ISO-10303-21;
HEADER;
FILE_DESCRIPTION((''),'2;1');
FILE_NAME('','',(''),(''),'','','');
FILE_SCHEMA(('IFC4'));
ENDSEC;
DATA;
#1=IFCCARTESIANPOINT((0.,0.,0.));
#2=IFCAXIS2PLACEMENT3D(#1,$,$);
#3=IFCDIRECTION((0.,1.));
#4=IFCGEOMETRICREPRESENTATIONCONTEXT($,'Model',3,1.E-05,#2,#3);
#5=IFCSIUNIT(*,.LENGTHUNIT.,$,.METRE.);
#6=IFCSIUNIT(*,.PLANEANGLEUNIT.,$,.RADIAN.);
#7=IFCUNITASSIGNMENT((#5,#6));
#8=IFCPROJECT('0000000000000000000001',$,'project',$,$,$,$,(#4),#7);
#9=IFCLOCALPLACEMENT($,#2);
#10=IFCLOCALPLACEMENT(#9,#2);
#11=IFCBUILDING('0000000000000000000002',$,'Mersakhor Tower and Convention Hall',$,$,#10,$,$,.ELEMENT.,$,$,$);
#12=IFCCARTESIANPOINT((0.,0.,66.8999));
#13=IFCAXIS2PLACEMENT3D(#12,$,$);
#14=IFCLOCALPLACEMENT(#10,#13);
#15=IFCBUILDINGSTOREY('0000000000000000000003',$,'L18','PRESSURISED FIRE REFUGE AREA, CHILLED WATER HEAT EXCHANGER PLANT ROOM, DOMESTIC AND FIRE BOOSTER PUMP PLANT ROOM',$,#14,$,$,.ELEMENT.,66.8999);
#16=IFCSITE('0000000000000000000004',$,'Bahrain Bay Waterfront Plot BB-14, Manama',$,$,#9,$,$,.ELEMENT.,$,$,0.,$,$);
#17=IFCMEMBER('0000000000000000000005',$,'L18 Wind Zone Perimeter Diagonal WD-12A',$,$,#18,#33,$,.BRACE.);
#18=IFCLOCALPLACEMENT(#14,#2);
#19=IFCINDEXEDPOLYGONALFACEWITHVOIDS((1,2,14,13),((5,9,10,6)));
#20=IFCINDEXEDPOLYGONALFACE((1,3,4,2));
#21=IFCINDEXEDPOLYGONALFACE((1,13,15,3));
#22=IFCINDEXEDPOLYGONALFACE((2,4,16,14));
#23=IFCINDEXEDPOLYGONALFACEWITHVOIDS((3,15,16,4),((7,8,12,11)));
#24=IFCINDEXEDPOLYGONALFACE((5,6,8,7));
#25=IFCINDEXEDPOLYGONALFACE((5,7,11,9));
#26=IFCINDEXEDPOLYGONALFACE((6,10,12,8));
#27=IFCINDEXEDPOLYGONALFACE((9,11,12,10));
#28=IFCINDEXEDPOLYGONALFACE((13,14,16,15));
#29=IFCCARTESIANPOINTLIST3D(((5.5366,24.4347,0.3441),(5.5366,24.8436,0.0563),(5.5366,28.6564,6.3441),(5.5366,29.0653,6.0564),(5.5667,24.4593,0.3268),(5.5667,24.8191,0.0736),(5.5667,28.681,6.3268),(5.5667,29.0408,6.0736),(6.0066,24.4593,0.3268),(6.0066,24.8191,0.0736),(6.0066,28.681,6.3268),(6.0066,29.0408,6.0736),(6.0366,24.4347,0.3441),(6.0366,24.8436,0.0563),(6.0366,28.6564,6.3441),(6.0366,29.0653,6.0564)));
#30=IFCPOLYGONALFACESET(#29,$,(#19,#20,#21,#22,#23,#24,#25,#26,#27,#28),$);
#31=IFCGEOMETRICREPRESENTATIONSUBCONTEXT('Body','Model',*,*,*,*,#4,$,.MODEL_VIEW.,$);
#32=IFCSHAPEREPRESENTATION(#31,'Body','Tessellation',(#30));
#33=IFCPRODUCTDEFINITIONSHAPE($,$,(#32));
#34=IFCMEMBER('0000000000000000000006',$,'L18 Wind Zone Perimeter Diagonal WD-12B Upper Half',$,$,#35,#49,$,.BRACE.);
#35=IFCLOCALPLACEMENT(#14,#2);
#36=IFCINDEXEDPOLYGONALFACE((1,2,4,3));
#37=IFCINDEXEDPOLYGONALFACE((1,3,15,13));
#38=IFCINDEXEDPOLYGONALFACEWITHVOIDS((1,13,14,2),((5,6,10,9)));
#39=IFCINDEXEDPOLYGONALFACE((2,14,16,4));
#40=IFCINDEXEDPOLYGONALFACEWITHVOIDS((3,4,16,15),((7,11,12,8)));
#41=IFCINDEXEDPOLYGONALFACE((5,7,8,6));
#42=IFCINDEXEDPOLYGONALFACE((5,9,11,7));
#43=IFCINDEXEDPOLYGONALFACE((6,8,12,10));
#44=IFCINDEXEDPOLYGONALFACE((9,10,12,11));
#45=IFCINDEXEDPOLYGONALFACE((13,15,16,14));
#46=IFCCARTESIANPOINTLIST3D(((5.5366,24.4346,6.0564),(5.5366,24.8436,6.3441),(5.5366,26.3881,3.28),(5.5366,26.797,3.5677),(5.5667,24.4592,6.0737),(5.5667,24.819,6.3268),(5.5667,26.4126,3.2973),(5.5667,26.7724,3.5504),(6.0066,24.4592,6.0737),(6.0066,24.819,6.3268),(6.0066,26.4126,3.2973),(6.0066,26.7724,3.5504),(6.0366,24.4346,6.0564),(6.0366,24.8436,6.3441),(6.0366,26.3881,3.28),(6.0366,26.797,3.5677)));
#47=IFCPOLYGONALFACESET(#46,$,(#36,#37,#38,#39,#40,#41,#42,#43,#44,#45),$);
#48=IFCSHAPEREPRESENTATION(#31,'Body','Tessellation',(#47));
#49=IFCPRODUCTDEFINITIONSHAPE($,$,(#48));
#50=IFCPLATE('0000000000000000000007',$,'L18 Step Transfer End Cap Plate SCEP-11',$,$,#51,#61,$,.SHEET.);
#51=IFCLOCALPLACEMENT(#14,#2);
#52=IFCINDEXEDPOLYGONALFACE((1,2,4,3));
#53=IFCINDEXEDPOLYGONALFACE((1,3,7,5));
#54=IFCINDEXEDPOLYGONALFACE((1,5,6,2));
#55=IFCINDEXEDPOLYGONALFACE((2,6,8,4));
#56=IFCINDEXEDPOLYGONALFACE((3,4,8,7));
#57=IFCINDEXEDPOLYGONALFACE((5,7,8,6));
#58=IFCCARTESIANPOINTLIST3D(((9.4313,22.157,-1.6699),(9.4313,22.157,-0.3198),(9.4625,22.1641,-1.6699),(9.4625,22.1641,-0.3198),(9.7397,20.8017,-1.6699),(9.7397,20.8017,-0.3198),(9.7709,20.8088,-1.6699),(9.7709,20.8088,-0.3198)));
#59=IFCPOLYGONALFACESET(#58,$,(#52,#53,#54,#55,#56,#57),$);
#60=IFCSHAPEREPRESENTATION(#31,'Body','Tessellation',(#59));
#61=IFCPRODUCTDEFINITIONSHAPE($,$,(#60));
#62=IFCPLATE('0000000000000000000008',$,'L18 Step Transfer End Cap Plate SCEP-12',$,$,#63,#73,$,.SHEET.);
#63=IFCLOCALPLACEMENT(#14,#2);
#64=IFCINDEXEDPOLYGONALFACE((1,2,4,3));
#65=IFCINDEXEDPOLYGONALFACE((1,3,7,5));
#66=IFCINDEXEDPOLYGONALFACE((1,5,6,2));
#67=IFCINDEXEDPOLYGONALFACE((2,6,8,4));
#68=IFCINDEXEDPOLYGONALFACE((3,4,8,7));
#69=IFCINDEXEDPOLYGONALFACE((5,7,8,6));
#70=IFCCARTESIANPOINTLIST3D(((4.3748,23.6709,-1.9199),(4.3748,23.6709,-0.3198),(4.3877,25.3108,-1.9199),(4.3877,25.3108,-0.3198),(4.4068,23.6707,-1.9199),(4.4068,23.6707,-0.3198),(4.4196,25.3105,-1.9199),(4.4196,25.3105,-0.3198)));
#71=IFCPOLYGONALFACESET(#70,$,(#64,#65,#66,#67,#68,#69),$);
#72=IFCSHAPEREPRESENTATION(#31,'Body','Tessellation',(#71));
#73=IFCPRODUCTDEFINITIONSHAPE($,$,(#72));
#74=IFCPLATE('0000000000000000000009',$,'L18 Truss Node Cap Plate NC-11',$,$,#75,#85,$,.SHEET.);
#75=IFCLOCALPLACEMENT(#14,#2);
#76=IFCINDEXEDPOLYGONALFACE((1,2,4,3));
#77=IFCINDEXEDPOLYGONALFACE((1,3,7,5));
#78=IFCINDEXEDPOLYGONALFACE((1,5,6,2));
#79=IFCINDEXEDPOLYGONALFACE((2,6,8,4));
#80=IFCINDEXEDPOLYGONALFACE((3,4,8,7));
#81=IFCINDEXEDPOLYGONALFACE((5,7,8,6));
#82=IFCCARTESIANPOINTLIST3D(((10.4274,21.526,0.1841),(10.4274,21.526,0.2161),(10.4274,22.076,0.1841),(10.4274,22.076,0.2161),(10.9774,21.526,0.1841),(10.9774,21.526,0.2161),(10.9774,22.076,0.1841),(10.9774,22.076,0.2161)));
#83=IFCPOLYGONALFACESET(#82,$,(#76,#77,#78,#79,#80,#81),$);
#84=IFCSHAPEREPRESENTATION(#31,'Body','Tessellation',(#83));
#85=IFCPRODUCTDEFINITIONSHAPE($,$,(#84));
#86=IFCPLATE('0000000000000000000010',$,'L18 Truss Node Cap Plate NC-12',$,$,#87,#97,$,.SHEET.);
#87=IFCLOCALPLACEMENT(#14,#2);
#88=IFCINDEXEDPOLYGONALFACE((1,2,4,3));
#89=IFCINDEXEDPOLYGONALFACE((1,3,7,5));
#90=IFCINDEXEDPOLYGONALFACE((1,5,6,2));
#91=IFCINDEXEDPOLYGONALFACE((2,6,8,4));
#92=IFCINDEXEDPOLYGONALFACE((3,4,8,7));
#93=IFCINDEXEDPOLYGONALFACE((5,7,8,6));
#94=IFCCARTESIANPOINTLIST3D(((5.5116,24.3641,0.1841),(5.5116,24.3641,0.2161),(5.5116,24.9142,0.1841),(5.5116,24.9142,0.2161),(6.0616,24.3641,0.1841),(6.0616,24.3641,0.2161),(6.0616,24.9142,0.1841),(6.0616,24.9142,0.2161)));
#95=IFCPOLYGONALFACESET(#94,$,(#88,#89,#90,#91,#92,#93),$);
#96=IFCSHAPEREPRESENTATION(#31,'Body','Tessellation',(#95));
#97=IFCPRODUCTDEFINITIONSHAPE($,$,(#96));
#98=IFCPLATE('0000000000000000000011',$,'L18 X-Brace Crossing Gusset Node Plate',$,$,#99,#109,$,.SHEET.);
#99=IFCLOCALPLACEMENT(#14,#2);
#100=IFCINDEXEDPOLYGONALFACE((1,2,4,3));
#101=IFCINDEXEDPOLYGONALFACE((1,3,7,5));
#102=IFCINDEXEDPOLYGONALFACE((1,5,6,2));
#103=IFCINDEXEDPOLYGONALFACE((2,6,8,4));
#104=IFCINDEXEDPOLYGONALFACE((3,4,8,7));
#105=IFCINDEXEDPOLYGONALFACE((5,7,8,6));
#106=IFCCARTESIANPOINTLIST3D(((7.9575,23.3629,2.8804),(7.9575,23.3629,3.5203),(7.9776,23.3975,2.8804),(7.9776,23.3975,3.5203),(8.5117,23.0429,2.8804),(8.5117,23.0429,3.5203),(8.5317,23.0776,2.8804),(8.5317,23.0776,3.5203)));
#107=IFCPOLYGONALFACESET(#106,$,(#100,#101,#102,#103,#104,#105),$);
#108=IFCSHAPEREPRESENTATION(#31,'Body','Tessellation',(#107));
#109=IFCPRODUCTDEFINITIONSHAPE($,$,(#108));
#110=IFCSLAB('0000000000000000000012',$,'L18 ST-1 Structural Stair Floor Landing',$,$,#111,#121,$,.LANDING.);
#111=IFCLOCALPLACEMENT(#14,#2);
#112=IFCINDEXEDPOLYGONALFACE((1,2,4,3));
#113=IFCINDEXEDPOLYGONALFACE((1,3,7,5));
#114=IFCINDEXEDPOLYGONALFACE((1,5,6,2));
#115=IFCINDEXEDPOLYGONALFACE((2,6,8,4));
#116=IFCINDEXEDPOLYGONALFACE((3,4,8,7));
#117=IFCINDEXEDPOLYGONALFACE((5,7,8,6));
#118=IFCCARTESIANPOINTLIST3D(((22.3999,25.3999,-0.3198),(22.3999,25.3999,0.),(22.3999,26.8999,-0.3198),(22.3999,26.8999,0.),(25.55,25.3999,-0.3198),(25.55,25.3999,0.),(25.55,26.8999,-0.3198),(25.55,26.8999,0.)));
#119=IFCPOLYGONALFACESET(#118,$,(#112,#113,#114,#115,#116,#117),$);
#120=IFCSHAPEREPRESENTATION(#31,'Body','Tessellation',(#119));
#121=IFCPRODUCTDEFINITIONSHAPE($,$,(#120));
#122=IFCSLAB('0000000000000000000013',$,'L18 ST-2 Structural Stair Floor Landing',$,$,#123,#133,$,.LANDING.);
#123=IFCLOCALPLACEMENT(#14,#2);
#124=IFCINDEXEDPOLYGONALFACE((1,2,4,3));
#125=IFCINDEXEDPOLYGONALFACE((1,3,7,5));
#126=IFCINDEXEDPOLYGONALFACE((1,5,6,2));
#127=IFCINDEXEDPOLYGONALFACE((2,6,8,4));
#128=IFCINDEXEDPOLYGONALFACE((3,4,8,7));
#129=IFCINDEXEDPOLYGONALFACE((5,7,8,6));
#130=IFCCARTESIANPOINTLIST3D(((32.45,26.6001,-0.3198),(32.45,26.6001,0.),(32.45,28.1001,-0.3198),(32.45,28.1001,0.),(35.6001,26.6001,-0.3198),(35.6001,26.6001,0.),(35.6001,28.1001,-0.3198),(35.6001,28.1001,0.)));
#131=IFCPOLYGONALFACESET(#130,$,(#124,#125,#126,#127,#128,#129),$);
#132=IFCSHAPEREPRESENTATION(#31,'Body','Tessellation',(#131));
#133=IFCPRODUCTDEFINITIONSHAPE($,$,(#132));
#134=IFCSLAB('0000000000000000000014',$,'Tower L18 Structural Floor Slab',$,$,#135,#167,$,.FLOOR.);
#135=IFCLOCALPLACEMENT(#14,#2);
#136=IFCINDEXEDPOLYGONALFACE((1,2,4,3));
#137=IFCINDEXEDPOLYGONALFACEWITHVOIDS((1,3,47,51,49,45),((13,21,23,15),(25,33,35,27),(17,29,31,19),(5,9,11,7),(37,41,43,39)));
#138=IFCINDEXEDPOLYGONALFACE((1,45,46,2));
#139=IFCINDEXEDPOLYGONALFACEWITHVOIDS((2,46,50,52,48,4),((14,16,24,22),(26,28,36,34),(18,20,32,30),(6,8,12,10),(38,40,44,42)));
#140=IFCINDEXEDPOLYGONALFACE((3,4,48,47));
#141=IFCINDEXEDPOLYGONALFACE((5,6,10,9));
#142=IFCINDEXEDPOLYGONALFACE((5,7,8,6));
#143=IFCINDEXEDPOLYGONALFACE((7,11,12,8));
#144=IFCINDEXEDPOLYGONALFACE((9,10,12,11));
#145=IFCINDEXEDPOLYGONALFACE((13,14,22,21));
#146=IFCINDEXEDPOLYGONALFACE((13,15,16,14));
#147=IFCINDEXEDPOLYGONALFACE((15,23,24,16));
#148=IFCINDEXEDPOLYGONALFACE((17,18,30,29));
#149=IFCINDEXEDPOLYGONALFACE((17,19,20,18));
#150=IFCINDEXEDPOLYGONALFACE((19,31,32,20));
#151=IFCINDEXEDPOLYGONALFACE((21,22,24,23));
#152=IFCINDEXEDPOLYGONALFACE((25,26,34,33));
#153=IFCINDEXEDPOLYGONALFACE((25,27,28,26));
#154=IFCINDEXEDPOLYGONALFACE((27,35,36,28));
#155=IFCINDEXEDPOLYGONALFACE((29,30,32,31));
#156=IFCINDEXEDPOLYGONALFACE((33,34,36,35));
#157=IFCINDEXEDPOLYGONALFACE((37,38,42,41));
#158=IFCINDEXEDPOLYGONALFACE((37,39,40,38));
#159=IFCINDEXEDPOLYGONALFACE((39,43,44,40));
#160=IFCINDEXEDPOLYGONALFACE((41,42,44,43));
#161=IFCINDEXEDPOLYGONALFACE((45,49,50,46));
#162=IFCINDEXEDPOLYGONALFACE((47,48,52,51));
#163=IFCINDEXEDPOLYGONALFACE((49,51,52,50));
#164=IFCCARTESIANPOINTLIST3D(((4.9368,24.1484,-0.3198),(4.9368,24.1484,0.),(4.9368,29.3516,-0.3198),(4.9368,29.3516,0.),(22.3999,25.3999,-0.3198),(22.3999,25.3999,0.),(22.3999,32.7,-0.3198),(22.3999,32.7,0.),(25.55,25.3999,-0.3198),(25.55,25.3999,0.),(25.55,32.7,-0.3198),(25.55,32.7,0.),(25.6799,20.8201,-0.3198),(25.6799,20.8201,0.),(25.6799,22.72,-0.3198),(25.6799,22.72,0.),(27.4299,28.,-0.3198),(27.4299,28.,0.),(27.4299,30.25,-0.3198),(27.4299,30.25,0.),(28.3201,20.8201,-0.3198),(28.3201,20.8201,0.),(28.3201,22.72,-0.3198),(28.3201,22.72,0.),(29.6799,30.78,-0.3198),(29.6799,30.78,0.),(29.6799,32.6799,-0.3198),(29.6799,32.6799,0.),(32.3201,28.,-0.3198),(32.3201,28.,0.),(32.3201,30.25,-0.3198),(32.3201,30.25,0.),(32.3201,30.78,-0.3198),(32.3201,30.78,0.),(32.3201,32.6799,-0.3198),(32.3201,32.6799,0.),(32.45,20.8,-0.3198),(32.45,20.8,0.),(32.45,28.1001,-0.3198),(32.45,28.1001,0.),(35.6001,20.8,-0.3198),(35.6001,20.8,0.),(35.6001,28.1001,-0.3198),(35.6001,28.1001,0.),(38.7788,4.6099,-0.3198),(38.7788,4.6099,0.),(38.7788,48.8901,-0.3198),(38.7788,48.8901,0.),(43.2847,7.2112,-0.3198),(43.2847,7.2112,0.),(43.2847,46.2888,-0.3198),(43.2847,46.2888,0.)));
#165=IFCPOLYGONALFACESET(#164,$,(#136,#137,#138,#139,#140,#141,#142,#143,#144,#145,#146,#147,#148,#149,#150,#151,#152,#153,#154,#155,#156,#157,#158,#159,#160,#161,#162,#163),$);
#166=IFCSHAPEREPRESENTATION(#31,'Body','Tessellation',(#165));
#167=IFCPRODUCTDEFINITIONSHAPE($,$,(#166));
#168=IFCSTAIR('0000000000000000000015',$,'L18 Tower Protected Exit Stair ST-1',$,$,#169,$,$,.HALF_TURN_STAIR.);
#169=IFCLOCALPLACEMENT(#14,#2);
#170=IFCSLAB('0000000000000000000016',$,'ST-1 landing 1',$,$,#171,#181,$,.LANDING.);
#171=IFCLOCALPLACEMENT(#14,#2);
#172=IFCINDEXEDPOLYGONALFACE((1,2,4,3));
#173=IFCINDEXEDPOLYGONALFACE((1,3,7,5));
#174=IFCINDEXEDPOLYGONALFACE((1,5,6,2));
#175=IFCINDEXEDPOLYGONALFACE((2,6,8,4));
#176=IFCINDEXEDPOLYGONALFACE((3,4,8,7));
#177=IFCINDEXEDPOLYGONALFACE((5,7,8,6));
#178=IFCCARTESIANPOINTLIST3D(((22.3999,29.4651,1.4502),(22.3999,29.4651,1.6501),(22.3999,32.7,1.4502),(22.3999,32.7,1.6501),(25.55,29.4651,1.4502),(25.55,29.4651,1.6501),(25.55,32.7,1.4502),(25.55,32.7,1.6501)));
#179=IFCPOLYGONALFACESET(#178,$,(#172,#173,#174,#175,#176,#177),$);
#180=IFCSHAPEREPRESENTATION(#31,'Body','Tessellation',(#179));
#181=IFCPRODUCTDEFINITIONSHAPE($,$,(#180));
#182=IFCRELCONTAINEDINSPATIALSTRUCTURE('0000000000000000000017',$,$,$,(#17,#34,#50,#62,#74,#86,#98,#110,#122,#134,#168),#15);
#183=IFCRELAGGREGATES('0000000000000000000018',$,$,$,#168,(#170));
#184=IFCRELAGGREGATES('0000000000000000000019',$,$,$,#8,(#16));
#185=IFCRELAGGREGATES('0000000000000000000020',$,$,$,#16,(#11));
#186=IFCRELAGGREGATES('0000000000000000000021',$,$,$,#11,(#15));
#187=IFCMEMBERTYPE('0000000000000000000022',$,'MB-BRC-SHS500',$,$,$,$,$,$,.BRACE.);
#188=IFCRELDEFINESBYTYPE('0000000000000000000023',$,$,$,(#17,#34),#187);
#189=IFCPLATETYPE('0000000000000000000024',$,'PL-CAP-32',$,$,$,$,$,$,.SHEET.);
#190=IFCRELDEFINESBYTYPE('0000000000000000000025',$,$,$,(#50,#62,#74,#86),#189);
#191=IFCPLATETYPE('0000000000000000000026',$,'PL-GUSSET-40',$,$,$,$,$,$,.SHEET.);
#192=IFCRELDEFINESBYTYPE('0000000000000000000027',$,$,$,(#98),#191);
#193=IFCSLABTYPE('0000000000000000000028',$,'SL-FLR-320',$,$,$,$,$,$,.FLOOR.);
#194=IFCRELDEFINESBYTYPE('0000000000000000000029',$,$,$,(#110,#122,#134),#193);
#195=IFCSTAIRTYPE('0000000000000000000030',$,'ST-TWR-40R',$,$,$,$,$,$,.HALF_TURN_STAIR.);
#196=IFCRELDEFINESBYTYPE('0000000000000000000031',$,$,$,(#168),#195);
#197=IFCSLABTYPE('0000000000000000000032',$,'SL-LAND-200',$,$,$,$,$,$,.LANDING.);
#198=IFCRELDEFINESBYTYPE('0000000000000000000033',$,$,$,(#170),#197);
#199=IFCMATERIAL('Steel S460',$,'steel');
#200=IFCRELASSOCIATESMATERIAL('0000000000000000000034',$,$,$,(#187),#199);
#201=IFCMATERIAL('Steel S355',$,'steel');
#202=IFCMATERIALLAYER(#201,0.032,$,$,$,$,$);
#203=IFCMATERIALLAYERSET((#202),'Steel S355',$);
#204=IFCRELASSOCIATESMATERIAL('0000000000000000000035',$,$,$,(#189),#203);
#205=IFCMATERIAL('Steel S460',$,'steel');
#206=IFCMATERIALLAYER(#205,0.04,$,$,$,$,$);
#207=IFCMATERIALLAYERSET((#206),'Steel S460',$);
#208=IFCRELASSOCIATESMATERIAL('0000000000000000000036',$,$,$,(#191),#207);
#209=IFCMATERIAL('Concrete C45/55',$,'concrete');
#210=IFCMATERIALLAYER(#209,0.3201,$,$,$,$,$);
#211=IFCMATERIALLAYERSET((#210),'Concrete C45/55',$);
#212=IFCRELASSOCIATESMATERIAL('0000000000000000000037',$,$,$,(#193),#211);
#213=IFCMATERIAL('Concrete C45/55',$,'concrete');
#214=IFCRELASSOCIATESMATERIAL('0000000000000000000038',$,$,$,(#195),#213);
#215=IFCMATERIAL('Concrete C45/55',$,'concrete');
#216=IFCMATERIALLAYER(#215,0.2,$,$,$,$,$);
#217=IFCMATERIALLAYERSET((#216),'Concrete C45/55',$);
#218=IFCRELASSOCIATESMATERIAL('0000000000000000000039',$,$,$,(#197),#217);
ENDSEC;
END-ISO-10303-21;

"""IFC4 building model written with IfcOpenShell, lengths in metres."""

from ifc_helpers import new_model, si_unit, direction, frame, origin, origin_2d, place, context, subcontext, project, spatial, polyline, rectangle, hollow_rectangle, outline, extrude, material, layer, layer_set, material_profile, profile_set, type_object, element, aggregate, save


model = new_model("IFC4")

# Units and contexts
model_context = context("Model", 3, precision=1e-05, world=origin(), true_north=direction((0.0, 1.0)))
body_context = subcontext(model_context, "Body", "Model", "MODEL_VIEW")
ifc_project = project(units=[si_unit("LENGTHUNIT", "METRE"), si_unit("PLANEANGLEUNIT", "RADIAN")], contexts=[model_context])

# Site, building, storey
site_placement = place(None, origin())
site = spatial("IfcSite", under=ifc_project, at=site_placement, Name="Bahrain Bay Waterfront Plot BB-14, Manama", CompositionType="ELEMENT", RefElevation=0.0)
building_placement = place(site_placement, origin())
building = spatial("IfcBuilding", under=site, at=building_placement, Name="Mersakhor Tower and Convention Hall", CompositionType="ELEMENT")
storey_placement = place(building_placement, frame((0.0, 0.0, 66.8999)))
storey = spatial("IfcBuildingStorey", under=building, at=storey_placement, Name="L18", Description="PRESSURISED FIRE REFUGE AREA, CHILLED WATER HEAT EXCHANGER PLANT ROOM, DOMESTIC AND FIRE BOOSTER PUMP PLANT ROOM", CompositionType="ELEMENT", Elevation=66.8999)

# Members
ifc_material_1 = material(Name="Steel S460", Category="steel")
ifc_material_profile_1 = material_profile(ifc_material_1, hollow_rectangle(XDim=0.5, YDim=0.5, WallThickness=0.03, at=origin_2d()), Name="SHS 500x500x30")
ifc_profile_set_1 = profile_set([ifc_material_profile_1], Name="Steel S460")
member_type = type_object("IfcMemberType", Name="MB-BRC-SHS500", PredefinedType="BRACE", material=ifc_profile_set_1)
member_1_placement = place(storey_placement, frame((5.7866, 24.6392, 0.2002), z_axis=(0.0, 0.575444, 0.817841), x_axis=(-1.0, 0.0, 0.0)))
element("IfcMember", 1, at=member_1_placement, inside=storey, type_object=member_type, Name="L18 Wind Zone Perimeter Diagonal WD-12A", PredefinedType="BRACE", context=body_context, shape_type="SweptSolid", body=[
    extrude(hollow_rectangle(XDim=0.5, YDim=0.5, WallThickness=0.03, at=origin_2d()), origin(), (0.0, 0.0, 1.0), 7.3364),
])
member_2_placement = place(storey_placement, frame((5.7866, 26.5925, 3.4238), z_axis=(0.0, -0.57542, 0.817858), x_axis=(1.0, 0.0, 0.0)))
element("IfcMember", 2, at=member_2_placement, inside=storey, type_object=member_type, Name="L18 Wind Zone Perimeter Diagonal WD-12B Upper Half", PredefinedType="BRACE", context=body_context, shape_type="SweptSolid", body=[
    extrude(hollow_rectangle(XDim=0.5, YDim=0.5, WallThickness=0.03, at=origin_2d()), origin(), (0.0, 0.0, 1.0), 3.3948),
])

# Plates
ifc_material_2 = material(Name="Steel S355", Category="steel")
ifc_layer_1 = layer(ifc_material_2, 0.032)
ifc_layer_set_1 = layer_set([ifc_layer_1], Name="Steel S355")
plate_type_1 = type_object("IfcPlateType", Name="PL-CAP-32", PredefinedType="SHEET", material=ifc_layer_set_1)
plate_1_placement = place(storey_placement, frame((9.6011, 21.4829, -1.6699), z_axis=(0.0, 0.0, 1.0), x_axis=(0.975072, 0.221889, 0.0)))
element("IfcPlate", 3, at=plate_1_placement, inside=storey, type_object=plate_type_1, Name="L18 Step Transfer End Cap Plate SCEP-11", PredefinedType="SHEET", context=body_context, shape_type="SweptSolid", body=[
    extrude(rectangle(XDim=0.032, YDim=1.3899, at=origin_2d()), origin(), (0.0, 0.0, 1.0), 1.3501),
])
plate_2_placement = place(storey_placement, frame((4.3972, 24.4907, -1.9199), z_axis=(0.0, 0.0, 1.0), x_axis=(0.999969, -0.007854, 0.0)))
element("IfcPlate", 4, at=plate_2_placement, inside=storey, type_object=plate_type_1, Name="L18 Step Transfer End Cap Plate SCEP-12", PredefinedType="SHEET", context=body_context, shape_type="SweptSolid", body=[
    extrude(rectangle(XDim=0.032, YDim=1.6399, at=origin_2d()), origin(), (0.0, 0.0, 1.0), 1.6001),
])
for number, where, z_axis, x_axis, name in (
    (5, (10.7024, 21.801, 0.1841), (0.0, 0.0, 1.0), (1.0, 0.0, 0.0), "L18 Truss Node Cap Plate NC-11"),
    (6, (5.7866, 24.6392, 0.1841), (0.0, 0.0, 1.0), (1.0, 0.0, 0.0), "L18 Truss Node Cap Plate NC-12"),
):
    element("IfcPlate", number, at=place(storey_placement, frame(where, z_axis=z_axis, x_axis=x_axis)), inside=storey, type_object=plate_type_1, Name=name, PredefinedType="SHEET", context=body_context, shape_type="SweptSolid", body=[
        extrude(rectangle(XDim=0.55, YDim=0.55, at=origin_2d()), origin(), (0.0, 0.0, 1.0), 0.032),
    ])
ifc_material_3 = material(Name="Steel S460", Category="steel")
ifc_layer_2 = layer(ifc_material_3, 0.04)
ifc_layer_set_2 = layer_set([ifc_layer_2], Name="Steel S460")
plate_type_2 = type_object("IfcPlateType", Name="PL-GUSSET-40", PredefinedType="SHEET", material=ifc_layer_set_2)
plate_3_placement = place(storey_placement, frame((8.2446, 23.2202, 2.8804), z_axis=(0.0, 0.0, 1.0), x_axis=(0.866025, -0.5, 0.0)))
element("IfcPlate", 7, at=plate_3_placement, inside=storey, type_object=plate_type_2, Name="L18 X-Brace Crossing Gusset Node Plate", PredefinedType="SHEET", context=body_context, shape_type="SweptSolid", body=[
    extrude(rectangle(XDim=0.6399, YDim=0.04, at=origin_2d()), origin(), (0.0, 0.0, 1.0), 0.6399),
])

# Slabs
ifc_material_4 = material(Name="Concrete C45/55", Category="concrete")
ifc_layer_3 = layer(ifc_material_4, 0.3201)
ifc_layer_set_3 = layer_set([ifc_layer_3], Name="Concrete C45/55")
slab_type_1 = type_object("IfcSlabType", Name="SL-FLR-320", PredefinedType="FLOOR", material=ifc_layer_set_3)
slab_1_placement = place(storey_placement, frame((0.0, 0.0, -0.3198)))
element("IfcSlab", 8, at=slab_1_placement, inside=storey, type_object=slab_type_1, Name="L18 ST-1 Structural Stair Floor Landing", PredefinedType="LANDING", context=body_context, shape_type="SweptSolid", body=[
    extrude(outline(polyline([(25.55, 25.3999), (25.55, 26.8999), (22.3999, 26.8999), (22.3999, 25.3999), (25.55, 25.3999)])), origin(), (0.0, 0.0, 1.0), 0.3198),
])
slab_2_placement = place(storey_placement, frame((0.0, 0.0, -0.3198)))
element("IfcSlab", 9, at=slab_2_placement, inside=storey, type_object=slab_type_1, Name="L18 ST-2 Structural Stair Floor Landing", PredefinedType="LANDING", context=body_context, shape_type="SweptSolid", body=[
    extrude(outline(polyline([(32.45, 28.1001), (32.45, 26.6001), (35.6001, 26.6001), (35.6001, 28.1001), (32.45, 28.1001)])), origin(), (0.0, 0.0, 1.0), 0.3198),
])
slab_3_placement = place(storey_placement, frame((0.0, 0.0, -0.3198)))
element("IfcSlab", 10, at=slab_3_placement, inside=storey, type_object=slab_type_1, Name="Tower L18 Structural Floor Slab", PredefinedType="FLOOR", context=body_context, shape_type="SweptSolid", body=[
    extrude(outline(polyline([(4.9368, 29.3516), (38.7788, 48.8901), (43.2847, 46.2888), (43.2847, 7.2112), (38.7788, 4.6099), (4.9368, 24.1484), (4.9368, 29.3516)]), holes=[polyline([(25.55, 25.3999), (25.55, 32.7), (22.3999, 32.7), (22.3999, 25.3999), (25.55, 25.3999)]), polyline([(32.45, 28.1001), (32.45, 20.8), (35.6001, 20.8), (35.6001, 28.1001), (32.45, 28.1001)]), polyline([(25.6799, 20.8201), (25.6799, 22.72), (28.3201, 22.72), (28.3201, 20.8201), (25.6799, 20.8201)]), polyline([(29.6799, 30.78), (29.6799, 32.6799), (32.3201, 32.6799), (32.3201, 30.78), (29.6799, 30.78)]), polyline([(27.4299, 28.0), (27.4299, 30.25), (32.3201, 30.25), (32.3201, 28.0), (27.4299, 28.0)])]), origin(), (0.0, 0.0, 1.0), 0.3198),
])

# Stair, slab
ifc_material_5 = material(Name="Concrete C45/55", Category="concrete")
stair_type = type_object("IfcStairType", Name="ST-TWR-40R", PredefinedType="HALF_TURN_STAIR", material=ifc_material_5)
stair_1_placement = place(storey_placement, origin())
stair_1 = element("IfcStair", 11, at=stair_1_placement, inside=storey, type_object=stair_type, Name="L18 Tower Protected Exit Stair ST-1", PredefinedType="HALF_TURN_STAIR")
ifc_material_6 = material(Name="Concrete C45/55", Category="concrete")
ifc_layer_4 = layer(ifc_material_6, 0.2)
ifc_layer_set_4 = layer_set([ifc_layer_4], Name="Concrete C45/55")
slab_type_2 = type_object("IfcSlabType", Name="SL-LAND-200", PredefinedType="LANDING", material=ifc_layer_set_4)
slab_4_placement = place(storey_placement, frame((0.0, 0.0, 1.4502)))
slab_4 = element("IfcSlab", 12, at=slab_4_placement, type_object=slab_type_2, Name="ST-1 landing 1", PredefinedType="LANDING", context=body_context, shape_type="SweptSolid", body=[
    extrude(outline(polyline([(25.55, 29.4651), (25.55, 32.7), (22.3999, 32.7), (22.3999, 29.4651), (25.55, 29.4651)])), origin(), (0.0, 0.0, 1.0), 0.2),
])
aggregate(stair_1, [slab_4])

save(model, "model.ifc")
